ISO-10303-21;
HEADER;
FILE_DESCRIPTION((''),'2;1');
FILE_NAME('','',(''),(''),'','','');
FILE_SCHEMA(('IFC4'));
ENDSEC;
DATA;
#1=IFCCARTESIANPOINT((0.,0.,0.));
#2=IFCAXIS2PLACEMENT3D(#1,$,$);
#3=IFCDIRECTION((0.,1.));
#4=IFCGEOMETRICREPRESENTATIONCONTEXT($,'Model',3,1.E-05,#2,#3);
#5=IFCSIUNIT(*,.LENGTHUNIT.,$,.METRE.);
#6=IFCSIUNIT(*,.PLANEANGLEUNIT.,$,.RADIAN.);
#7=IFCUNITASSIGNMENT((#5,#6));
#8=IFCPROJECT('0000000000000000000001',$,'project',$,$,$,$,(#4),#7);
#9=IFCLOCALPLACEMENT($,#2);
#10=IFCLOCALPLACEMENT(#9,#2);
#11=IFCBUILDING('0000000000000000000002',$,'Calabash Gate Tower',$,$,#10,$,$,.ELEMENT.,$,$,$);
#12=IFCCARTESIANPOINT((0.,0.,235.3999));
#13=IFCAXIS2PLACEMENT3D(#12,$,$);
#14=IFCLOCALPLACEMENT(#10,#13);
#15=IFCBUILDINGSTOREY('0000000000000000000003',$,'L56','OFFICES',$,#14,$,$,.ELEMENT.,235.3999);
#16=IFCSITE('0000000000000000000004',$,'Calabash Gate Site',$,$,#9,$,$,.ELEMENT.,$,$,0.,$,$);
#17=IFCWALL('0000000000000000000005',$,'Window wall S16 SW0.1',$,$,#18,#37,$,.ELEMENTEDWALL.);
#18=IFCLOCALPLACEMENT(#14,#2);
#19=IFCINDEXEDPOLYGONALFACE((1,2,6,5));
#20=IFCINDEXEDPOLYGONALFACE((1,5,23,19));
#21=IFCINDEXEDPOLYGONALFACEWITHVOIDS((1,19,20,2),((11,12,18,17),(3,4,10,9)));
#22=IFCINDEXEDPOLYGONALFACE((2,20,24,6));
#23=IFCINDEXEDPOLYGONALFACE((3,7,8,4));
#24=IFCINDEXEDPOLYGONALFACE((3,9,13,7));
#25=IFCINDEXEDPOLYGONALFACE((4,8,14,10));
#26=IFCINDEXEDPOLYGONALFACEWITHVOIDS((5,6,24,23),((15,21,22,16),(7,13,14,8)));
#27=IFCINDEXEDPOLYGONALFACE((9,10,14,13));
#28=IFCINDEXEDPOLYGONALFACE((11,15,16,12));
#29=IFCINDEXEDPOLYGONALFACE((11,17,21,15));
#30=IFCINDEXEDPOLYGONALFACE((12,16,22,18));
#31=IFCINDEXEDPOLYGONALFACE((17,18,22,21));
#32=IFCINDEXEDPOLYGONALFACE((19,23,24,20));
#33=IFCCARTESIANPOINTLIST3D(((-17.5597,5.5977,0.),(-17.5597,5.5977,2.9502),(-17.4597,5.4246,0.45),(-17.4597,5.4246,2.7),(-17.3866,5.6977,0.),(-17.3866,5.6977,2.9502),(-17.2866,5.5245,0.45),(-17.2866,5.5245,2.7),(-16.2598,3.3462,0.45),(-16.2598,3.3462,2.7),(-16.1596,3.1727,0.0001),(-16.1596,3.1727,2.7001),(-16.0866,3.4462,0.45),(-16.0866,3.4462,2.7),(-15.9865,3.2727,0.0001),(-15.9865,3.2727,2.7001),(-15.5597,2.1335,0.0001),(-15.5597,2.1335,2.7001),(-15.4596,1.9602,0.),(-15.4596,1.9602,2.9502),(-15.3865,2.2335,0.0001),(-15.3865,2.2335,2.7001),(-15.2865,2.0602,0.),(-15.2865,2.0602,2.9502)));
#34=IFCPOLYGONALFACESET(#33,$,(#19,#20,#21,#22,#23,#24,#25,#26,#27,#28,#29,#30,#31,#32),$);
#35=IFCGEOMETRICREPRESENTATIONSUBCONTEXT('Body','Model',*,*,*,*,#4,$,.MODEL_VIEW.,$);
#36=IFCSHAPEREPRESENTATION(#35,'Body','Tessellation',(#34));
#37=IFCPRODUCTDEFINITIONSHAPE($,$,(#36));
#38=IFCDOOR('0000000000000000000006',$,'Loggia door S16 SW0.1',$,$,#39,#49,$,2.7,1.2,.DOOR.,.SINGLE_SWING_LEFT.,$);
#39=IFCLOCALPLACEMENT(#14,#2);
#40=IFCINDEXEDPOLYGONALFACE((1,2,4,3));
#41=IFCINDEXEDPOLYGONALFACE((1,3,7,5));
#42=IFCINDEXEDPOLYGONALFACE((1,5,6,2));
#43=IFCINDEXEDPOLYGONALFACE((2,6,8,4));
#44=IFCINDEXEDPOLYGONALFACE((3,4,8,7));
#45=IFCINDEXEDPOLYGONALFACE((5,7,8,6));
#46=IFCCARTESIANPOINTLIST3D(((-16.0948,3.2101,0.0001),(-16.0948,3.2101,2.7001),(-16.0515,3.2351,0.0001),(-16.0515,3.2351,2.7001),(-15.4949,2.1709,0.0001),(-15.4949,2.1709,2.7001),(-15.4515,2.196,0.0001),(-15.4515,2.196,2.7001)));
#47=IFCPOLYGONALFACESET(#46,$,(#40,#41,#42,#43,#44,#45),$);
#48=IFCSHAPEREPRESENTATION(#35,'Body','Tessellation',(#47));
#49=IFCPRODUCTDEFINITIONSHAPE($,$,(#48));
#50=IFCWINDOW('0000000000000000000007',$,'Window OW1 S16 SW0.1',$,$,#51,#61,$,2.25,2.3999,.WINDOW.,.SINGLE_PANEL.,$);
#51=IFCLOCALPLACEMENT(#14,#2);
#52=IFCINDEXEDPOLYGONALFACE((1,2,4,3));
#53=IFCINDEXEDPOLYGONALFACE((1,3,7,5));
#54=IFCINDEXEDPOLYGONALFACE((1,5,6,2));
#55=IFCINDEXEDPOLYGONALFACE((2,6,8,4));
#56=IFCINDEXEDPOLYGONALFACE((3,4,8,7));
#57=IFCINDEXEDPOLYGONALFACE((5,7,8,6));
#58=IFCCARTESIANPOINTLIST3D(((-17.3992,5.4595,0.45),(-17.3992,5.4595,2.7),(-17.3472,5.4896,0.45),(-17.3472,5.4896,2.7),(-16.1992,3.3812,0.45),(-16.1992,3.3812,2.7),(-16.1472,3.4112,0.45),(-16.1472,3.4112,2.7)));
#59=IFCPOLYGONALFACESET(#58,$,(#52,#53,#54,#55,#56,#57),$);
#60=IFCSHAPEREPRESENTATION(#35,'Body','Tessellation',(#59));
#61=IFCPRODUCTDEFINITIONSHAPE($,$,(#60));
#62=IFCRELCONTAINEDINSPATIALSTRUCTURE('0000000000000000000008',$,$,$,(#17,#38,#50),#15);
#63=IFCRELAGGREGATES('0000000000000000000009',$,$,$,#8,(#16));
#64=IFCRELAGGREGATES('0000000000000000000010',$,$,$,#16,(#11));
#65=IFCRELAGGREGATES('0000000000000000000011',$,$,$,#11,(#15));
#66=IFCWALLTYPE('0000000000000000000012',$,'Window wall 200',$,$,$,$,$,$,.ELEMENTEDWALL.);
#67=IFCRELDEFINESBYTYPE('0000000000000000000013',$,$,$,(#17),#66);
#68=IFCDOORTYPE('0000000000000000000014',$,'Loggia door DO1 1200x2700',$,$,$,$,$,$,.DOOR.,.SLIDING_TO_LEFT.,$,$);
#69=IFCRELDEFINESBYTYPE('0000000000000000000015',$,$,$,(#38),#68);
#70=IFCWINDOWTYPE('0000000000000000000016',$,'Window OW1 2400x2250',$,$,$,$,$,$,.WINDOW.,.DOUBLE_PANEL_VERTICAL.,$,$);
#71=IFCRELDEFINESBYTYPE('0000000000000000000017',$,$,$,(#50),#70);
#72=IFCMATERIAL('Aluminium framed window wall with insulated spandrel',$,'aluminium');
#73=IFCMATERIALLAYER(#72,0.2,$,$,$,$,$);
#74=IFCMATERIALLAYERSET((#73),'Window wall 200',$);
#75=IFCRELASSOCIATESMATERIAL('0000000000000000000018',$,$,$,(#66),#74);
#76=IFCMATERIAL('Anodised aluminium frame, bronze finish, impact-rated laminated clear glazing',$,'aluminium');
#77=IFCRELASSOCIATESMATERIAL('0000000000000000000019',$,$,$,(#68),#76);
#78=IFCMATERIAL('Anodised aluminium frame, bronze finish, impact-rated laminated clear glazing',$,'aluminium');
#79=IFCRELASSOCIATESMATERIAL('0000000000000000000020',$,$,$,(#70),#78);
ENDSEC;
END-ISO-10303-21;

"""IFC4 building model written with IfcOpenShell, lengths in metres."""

from ifc_helpers import new_model, si_unit, direction, frame, frame_2d, origin, place, context, subcontext, project, spatial, rectangle, extrude, material, layer, layer_set, type_object, element, fill, save


model = new_model("IFC4")

# Units and contexts
model_context = context("Model", 3, precision=1e-05, world=origin(), true_north=direction((0.0, 1.0)))
body_context = subcontext(model_context, "Body", "Model", "MODEL_VIEW")
ifc_project = project(units=[si_unit("LENGTHUNIT", "METRE"), si_unit("PLANEANGLEUNIT", "RADIAN")], contexts=[model_context])

# Site, building, storey
site_placement = place(None, origin())
site = spatial("IfcSite", under=ifc_project, at=site_placement, Name="Calabash Gate Site", CompositionType="ELEMENT", RefElevation=0.0)
building_placement = place(site_placement, origin())
building = spatial("IfcBuilding", under=site, at=building_placement, Name="Calabash Gate Tower", CompositionType="ELEMENT")
storey_placement = place(building_placement, frame((0.0, 0.0, 235.3999)))
storey = spatial("IfcBuildingStorey", under=building, at=storey_placement, Name="L56", Description="OFFICES", CompositionType="ELEMENT", Elevation=235.3999)

# Wall, openings, door, window
ifc_material_1 = material(Name="Aluminium framed window wall with insulated spandrel", Category="aluminium")
ifc_layer_1 = layer(ifc_material_1, 0.2)
ifc_layer_set_1 = layer_set([ifc_layer_1], Name="Window wall 200")
wall_type_1 = type_object("IfcWallType", Name="Window wall 200", PredefinedType="ELEMENTEDWALL", material=ifc_layer_set_1)
wall_1_placement = place(storey_placement, frame((-17.4731, 5.6477, 0.0), z_axis=(0.0, 0.0, 1.0), x_axis=(0.500003, -0.866024, 0.0)))
wall_1 = element("IfcWall", 1, at=wall_1_placement, inside=storey, type_object=wall_type_1, Name="Window wall S16 SW0.1", PredefinedType="ELEMENTEDWALL", context=body_context, shape_type="SweptSolid", body=[
    extrude(rectangle(XDim=4.2002, YDim=0.2, at=frame_2d((2.1001, 0.0))), origin(), (0.0, 0.0, 1.0), 2.9502),
])
opening_1_placement = place(wall_1_placement, frame((0.2, 0.0, 0.45)))
opening_1 = element("IfcOpeningElement", 2, at=opening_1_placement, cuts=wall_1, PredefinedType="OPENING", context=body_context, shape_type="SweptSolid", body=[
    extrude(rectangle(XDim=2.3999, YDim=2.25, at=frame_2d((1.2, 1.125))), frame((0.0, 0.1099, 0.0), z_axis=(0.0, -1.0, 0.0), x_axis=(1.0, 0.0, 0.0)), (0.0, 0.0, 1.0), 0.22),
])
opening_2_placement = place(wall_1_placement, frame((2.8, 0.0, 0.0)))
opening_2 = element("IfcOpeningElement", 3, at=opening_2_placement, cuts=wall_1, PredefinedType="OPENING", context=body_context, shape_type="SweptSolid", body=[
    extrude(rectangle(XDim=1.2, YDim=2.7, at=frame_2d((0.6001, 1.3501))), frame((0.0, 0.1099, 0.0), z_axis=(0.0, -1.0, 0.0), x_axis=(1.0, 0.0, 0.0)), (0.0, 0.0, 1.0), 0.22),
])
ifc_material_2 = material(Name="Anodised aluminium frame, bronze finish, impact-rated laminated clear glazing", Category="aluminium")
door_type = type_object("IfcDoorType", Name="Loggia door DO1 1200x2700", OperationType="SLIDING_TO_LEFT", PredefinedType="DOOR", material=ifc_material_2)
door_placement = place(opening_2_placement, origin())
door = element("IfcDoor", 4, at=door_placement, inside=storey, type_object=door_type, Name="Loggia door S16 SW0.1", OperationType="SINGLE_SWING_LEFT", OverallHeight=2.7, OverallWidth=1.2, PredefinedType="DOOR", context=body_context, shape_type="SweptSolid", body=[
    extrude(rectangle(XDim=1.2, YDim=2.7, at=frame_2d((0.6001, 1.3501))), frame((0.0, 0.0249, 0.0), z_axis=(0.0, -1.0, 0.0), x_axis=(1.0, 0.0, 0.0)), (0.0, 0.0, 1.0), 0.05),
])
fill(opening_2, door)
ifc_material_3 = material(Name="Anodised aluminium frame, bronze finish, impact-rated laminated clear glazing", Category="aluminium")
window_type_1 = type_object("IfcWindowType", Name="Window OW1 2400x2250", PartitioningType="DOUBLE_PANEL_VERTICAL", PredefinedType="WINDOW", material=ifc_material_3)
window_1_placement = place(opening_1_placement, origin())
window_1 = element("IfcWindow", 5, at=window_1_placement, inside=storey, type_object=window_type_1, Name="Window OW1 S16 SW0.1", OverallHeight=2.25, OverallWidth=2.3999, PartitioningType="SINGLE_PANEL", PredefinedType="WINDOW", context=body_context, shape_type="SweptSolid", body=[
    extrude(rectangle(XDim=2.3999, YDim=2.25, at=frame_2d((1.2, 1.125))), frame((0.0, 0.03, 0.0), z_axis=(0.0, -1.0, 0.0), x_axis=(1.0, 0.0, 0.0)), (0.0, 0.0, 1.0), 0.0601),
])
fill(opening_1, window_1)

save(model, "model.ifc")
